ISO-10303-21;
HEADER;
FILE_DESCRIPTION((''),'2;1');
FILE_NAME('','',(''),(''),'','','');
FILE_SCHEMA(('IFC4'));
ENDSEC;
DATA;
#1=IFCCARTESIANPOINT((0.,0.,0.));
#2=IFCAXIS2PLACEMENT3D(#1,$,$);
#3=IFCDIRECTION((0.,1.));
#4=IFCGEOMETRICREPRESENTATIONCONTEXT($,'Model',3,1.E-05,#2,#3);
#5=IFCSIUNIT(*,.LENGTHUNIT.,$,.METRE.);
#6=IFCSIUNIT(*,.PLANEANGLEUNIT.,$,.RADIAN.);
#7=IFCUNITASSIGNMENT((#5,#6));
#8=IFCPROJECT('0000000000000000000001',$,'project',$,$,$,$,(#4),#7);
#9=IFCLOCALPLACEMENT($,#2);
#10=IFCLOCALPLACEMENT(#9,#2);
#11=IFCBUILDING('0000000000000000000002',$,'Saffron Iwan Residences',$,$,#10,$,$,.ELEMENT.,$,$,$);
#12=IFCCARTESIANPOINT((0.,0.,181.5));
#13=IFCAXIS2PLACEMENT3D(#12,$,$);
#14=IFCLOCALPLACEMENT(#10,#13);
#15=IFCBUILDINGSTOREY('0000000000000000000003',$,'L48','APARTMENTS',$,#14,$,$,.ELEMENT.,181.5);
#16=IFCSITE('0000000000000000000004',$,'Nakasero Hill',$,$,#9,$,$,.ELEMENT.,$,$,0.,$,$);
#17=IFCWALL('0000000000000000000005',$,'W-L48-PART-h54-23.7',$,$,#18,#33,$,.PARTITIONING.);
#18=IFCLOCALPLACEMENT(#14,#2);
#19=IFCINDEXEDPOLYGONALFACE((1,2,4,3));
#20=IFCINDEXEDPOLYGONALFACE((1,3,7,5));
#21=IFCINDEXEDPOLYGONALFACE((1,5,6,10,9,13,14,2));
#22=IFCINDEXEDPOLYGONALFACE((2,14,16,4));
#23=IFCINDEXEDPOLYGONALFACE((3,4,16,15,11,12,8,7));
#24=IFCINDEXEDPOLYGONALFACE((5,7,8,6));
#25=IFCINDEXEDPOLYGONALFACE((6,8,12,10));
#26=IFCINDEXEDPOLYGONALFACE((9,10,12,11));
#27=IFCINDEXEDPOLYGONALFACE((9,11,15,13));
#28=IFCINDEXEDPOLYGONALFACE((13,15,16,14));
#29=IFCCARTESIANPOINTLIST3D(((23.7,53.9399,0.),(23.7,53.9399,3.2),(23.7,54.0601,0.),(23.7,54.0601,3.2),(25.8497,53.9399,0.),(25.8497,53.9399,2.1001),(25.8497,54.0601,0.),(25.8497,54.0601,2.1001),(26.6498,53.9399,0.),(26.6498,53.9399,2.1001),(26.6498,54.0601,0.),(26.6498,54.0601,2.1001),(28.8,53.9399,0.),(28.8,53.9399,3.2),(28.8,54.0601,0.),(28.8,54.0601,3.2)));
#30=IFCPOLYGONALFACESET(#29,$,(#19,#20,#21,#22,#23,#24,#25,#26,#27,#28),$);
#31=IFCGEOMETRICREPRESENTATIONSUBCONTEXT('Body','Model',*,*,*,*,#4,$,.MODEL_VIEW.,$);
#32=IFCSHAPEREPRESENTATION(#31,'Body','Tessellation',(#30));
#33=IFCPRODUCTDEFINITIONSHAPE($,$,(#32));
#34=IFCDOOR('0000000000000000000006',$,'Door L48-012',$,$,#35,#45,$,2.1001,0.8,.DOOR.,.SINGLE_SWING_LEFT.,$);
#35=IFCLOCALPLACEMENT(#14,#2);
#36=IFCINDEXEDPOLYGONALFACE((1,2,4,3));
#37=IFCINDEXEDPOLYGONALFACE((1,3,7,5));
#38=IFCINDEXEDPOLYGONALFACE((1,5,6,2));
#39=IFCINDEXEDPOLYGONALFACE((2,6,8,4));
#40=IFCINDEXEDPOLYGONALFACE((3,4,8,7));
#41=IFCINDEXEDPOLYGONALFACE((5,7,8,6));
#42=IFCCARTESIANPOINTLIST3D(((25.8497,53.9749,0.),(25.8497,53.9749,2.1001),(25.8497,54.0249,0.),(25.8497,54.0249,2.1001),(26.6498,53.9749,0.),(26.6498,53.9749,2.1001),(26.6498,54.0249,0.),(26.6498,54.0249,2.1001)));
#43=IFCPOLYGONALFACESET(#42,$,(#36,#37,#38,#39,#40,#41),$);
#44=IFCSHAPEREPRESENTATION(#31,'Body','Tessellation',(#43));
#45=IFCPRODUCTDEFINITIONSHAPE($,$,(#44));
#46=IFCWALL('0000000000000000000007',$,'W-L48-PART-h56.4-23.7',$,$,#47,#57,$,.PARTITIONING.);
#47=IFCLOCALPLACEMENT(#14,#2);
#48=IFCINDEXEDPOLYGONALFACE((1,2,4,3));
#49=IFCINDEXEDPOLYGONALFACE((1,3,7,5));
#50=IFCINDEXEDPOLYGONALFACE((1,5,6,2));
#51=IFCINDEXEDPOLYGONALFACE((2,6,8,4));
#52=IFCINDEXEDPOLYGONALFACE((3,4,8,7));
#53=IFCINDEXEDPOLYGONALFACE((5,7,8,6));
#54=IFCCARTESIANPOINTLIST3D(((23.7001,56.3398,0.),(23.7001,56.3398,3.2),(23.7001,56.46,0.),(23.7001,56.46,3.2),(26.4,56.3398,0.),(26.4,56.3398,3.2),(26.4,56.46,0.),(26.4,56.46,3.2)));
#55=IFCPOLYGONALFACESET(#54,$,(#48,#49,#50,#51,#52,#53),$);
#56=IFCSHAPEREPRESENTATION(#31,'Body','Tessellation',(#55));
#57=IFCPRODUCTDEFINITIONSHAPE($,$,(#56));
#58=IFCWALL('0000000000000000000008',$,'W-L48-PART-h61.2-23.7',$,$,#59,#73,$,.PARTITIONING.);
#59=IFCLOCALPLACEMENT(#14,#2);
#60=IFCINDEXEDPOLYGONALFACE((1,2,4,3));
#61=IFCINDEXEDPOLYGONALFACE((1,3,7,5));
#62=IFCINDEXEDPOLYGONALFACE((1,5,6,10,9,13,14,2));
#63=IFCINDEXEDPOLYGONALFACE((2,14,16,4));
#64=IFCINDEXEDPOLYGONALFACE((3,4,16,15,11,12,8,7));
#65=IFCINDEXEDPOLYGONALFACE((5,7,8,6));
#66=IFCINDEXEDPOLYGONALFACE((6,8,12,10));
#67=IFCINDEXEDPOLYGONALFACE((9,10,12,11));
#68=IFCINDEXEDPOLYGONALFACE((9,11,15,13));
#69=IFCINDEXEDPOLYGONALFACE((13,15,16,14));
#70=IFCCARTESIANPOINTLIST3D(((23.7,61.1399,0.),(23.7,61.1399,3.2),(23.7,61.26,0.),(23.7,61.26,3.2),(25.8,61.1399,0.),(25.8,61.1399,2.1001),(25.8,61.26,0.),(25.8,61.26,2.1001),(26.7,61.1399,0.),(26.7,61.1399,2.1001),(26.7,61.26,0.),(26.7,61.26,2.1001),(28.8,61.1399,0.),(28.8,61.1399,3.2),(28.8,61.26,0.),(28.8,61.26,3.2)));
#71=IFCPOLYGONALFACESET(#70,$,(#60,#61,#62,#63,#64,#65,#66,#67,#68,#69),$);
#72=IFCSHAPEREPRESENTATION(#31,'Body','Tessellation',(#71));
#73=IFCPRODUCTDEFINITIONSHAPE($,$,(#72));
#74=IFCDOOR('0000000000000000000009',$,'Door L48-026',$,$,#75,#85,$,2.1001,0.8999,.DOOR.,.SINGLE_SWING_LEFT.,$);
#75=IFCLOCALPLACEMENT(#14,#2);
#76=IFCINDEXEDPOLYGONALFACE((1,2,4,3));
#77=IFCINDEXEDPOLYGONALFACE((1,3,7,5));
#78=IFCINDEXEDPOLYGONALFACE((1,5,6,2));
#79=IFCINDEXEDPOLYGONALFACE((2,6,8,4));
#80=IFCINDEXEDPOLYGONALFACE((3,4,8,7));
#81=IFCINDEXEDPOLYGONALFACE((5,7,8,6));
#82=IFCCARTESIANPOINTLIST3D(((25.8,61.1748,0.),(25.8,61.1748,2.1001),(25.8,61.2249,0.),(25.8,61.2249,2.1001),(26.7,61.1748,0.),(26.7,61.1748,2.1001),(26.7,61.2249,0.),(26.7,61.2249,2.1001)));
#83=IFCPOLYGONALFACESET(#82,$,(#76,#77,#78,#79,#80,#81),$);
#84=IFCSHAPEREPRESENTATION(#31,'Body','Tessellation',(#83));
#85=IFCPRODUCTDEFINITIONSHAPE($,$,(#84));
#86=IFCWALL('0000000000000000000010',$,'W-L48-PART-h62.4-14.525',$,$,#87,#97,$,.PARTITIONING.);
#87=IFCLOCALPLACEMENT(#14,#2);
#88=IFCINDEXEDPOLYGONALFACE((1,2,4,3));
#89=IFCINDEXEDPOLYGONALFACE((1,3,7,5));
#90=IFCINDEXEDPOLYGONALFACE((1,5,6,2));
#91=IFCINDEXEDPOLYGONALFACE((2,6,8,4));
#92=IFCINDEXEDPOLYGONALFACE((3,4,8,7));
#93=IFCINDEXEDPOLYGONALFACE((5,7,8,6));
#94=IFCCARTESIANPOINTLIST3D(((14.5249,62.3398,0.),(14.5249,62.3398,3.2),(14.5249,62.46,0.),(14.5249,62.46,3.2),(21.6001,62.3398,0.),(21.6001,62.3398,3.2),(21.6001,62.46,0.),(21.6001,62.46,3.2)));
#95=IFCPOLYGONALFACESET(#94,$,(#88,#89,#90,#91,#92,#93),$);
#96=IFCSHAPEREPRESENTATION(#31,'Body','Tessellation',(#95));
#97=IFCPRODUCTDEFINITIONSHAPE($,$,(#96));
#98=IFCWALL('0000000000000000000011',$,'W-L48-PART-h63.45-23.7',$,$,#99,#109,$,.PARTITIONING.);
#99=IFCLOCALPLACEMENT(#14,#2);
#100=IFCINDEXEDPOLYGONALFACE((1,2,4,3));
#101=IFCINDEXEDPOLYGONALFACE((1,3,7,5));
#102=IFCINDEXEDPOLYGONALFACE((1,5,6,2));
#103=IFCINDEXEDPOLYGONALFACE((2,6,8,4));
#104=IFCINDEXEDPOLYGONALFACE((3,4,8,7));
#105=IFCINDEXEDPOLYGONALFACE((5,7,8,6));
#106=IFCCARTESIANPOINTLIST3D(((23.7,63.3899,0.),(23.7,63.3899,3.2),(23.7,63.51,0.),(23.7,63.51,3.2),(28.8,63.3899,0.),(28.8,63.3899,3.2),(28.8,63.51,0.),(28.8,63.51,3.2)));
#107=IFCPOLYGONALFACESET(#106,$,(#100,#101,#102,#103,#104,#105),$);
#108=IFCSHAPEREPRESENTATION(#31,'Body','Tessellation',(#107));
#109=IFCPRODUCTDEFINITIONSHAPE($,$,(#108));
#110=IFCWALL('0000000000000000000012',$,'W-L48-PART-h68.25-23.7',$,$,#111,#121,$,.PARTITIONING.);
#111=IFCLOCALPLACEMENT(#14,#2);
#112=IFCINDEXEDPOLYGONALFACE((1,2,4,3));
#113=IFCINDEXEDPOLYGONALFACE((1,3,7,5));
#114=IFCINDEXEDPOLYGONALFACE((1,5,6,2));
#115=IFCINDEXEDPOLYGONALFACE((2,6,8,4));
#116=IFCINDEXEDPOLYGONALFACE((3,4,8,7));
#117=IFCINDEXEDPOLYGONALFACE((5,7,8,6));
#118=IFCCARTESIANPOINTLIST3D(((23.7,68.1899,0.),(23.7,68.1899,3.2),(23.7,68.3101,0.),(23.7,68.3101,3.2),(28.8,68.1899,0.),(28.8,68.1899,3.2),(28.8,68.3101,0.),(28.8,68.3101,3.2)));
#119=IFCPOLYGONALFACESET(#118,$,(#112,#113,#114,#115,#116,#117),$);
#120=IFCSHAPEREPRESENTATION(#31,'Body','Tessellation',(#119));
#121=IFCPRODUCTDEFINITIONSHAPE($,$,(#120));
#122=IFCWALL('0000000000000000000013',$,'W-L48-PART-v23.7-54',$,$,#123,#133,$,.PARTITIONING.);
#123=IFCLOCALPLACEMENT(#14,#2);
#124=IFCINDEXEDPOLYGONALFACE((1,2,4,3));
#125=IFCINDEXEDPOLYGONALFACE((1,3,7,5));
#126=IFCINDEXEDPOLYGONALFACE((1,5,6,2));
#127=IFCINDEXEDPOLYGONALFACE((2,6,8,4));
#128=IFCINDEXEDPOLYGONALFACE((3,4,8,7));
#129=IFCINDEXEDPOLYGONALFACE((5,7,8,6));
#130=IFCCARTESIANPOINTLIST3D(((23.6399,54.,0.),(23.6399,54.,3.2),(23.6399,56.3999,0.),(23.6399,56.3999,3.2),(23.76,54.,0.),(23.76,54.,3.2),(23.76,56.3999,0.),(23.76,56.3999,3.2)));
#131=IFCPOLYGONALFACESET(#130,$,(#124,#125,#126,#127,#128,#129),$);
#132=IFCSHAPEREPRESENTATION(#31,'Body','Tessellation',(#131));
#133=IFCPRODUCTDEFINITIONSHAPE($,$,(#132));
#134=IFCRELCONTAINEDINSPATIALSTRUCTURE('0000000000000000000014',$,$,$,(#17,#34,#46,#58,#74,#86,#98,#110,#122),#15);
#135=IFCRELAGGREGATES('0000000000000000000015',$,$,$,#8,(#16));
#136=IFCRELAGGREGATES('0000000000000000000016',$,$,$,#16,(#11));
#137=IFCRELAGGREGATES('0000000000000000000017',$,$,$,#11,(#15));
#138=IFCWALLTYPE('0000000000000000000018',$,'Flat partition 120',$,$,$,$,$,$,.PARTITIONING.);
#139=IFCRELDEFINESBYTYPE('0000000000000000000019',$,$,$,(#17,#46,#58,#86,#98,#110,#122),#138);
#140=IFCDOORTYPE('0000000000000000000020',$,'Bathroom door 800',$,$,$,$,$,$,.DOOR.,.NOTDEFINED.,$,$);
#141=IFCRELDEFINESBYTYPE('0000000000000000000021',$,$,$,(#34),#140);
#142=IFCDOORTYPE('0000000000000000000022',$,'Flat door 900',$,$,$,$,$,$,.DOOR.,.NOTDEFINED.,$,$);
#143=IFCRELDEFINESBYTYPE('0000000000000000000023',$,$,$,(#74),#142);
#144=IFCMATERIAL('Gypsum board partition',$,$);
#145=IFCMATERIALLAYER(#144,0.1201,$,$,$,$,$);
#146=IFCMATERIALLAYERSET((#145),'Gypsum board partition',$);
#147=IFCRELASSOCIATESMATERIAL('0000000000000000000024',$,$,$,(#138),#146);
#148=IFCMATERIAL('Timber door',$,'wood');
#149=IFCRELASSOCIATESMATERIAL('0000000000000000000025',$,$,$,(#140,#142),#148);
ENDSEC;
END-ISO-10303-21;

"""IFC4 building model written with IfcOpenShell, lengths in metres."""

from ifc_helpers import new_model, si_unit, direction, frame, frame_2d, origin, place, context, subcontext, project, spatial, rectangle, extrude, material, layer, layer_set, type_object, element, fill, save


model = new_model("IFC4")

# Units and contexts
model_context = context("Model", 3, precision=1e-05, world=origin(), true_north=direction((0.0, 1.0)))
body_context = subcontext(model_context, "Body", "Model", "MODEL_VIEW")
ifc_project = project(units=[si_unit("LENGTHUNIT", "METRE"), si_unit("PLANEANGLEUNIT", "RADIAN")], contexts=[model_context])

# Site, building, storey
site_placement = place(None, origin())
site = spatial("IfcSite", under=ifc_project, at=site_placement, Name="Nakasero Hill", CompositionType="ELEMENT", RefElevation=0.0)
building_placement = place(site_placement, origin())
building = spatial("IfcBuilding", under=site, at=building_placement, Name="Saffron Iwan Residences", CompositionType="ELEMENT")
storey_placement = place(building_placement, frame((0.0, 0.0, 181.5)))
storey = spatial("IfcBuildingStorey", under=building, at=storey_placement, Name="L48", Description="APARTMENTS", CompositionType="ELEMENT", Elevation=181.5)

# Wall, opening, door
ifc_material_1 = material(Name="Gypsum board partition")
ifc_layer_1 = layer(ifc_material_1, 0.1201)
ifc_layer_set_1 = layer_set([ifc_layer_1], Name="Gypsum board partition")
wall_type_1 = type_object("IfcWallType", Name="Flat partition 120", PredefinedType="PARTITIONING", material=ifc_layer_set_1)
wall_1_placement = place(storey_placement, frame((23.7, 54.0, 0.0), z_axis=(0.0, 0.0, 1.0), x_axis=(1.0, 0.0, 0.0)))
wall_1 = element("IfcWall", 1, at=wall_1_placement, inside=storey, type_object=wall_type_1, Name="W-L48-PART-h54-23.7", PredefinedType="PARTITIONING", context=body_context, shape_type="SweptSolid", body=[
    extrude(rectangle(XDim=5.1001, YDim=0.1201, at=frame_2d((2.55, 0.0))), origin(), (0.0, 0.0, 1.0), 3.2),
])
opening_1_placement = place(wall_1_placement, frame((2.1499, 0.0, 0.0)))
opening_1 = element("IfcOpeningElement", 2, at=opening_1_placement, cuts=wall_1, PredefinedType="OPENING", context=body_context, shape_type="SweptSolid", body=[
    extrude(rectangle(XDim=0.8, YDim=2.1001, at=frame_2d((0.3999, 1.05))), frame((0.0, 0.0701, 0.0), z_axis=(0.0, -1.0, 0.0), x_axis=(1.0, 0.0, 0.0)), (0.0, 0.0, 1.0), 0.1401),
])
ifc_material_2 = material(Name="Timber door", Category="wood")
door_type_1 = type_object("IfcDoorType", Name="Bathroom door 800", OperationType="NOTDEFINED", PredefinedType="DOOR", material=ifc_material_2)
door_1_placement = place(opening_1_placement, origin())
door_1 = element("IfcDoor", 3, at=door_1_placement, inside=storey, type_object=door_type_1, Name="Door L48-012", OperationType="SINGLE_SWING_LEFT", OverallHeight=2.1001, OverallWidth=0.8, PredefinedType="DOOR", context=body_context, shape_type="SweptSolid", body=[
    extrude(rectangle(XDim=0.8, YDim=2.1001, at=frame_2d((0.3999, 1.05))), frame((0.0, 0.0249, 0.0), z_axis=(0.0, -1.0, 0.0), x_axis=(1.0, 0.0, 0.0)), (0.0, 0.0, 1.0), 0.05),
])
fill(opening_1, door_1)

# Wall
wall_2_placement = place(storey_placement, frame((23.7, 56.3999, 0.0), z_axis=(0.0, 0.0, 1.0), x_axis=(1.0, 0.0, 0.0)))
element("IfcWall", 4, at=wall_2_placement, inside=storey, type_object=wall_type_1, Name="W-L48-PART-h56.4-23.7", PredefinedType="PARTITIONING", context=body_context, shape_type="SweptSolid", body=[
    extrude(rectangle(XDim=2.7, YDim=0.1201, at=frame_2d((1.3501, 0.0))), origin(), (0.0, 0.0, 1.0), 3.2),
])

# Wall, opening, door
wall_3_placement = place(storey_placement, frame((23.7, 61.2, 0.0), z_axis=(0.0, 0.0, 1.0), x_axis=(1.0, 0.0, 0.0)))
wall_3 = element("IfcWall", 5, at=wall_3_placement, inside=storey, type_object=wall_type_1, Name="W-L48-PART-h61.2-23.7", PredefinedType="PARTITIONING", context=body_context, shape_type="SweptSolid", body=[
    extrude(rectangle(XDim=5.1001, YDim=0.1201, at=frame_2d((2.55, 0.0))), origin(), (0.0, 0.0, 1.0), 3.2),
])
opening_2_placement = place(wall_3_placement, frame((2.1001, 0.0, 0.0)))
opening_2 = element("IfcOpeningElement", 6, at=opening_2_placement, cuts=wall_3, PredefinedType="OPENING", context=body_context, shape_type="SweptSolid", body=[
    extrude(rectangle(XDim=0.8999, YDim=2.1001, at=frame_2d((0.45, 1.05))), frame((0.0, 0.0701, 0.0), z_axis=(0.0, -1.0, 0.0), x_axis=(1.0, 0.0, 0.0)), (0.0, 0.0, 1.0), 0.1401),
])
door_type_2 = type_object("IfcDoorType", Name="Flat door 900", OperationType="NOTDEFINED", PredefinedType="DOOR", material=ifc_material_2)
door_2_placement = place(opening_2_placement, origin())
door_2 = element("IfcDoor", 7, at=door_2_placement, inside=storey, type_object=door_type_2, Name="Door L48-026", OperationType="SINGLE_SWING_LEFT", OverallHeight=2.1001, OverallWidth=0.8999, PredefinedType="DOOR", context=body_context, shape_type="SweptSolid", body=[
    extrude(rectangle(XDim=0.8999, YDim=2.1001, at=frame_2d((0.45, 1.05))), frame((0.0, 0.0249, 0.0), z_axis=(0.0, -1.0, 0.0), x_axis=(1.0, 0.0, 0.0)), (0.0, 0.0, 1.0), 0.05),
])
fill(opening_2, door_2)

# Walls
wall_4_placement = place(storey_placement, frame((14.5249, 62.3999, 0.0), z_axis=(0.0, 0.0, 1.0), x_axis=(1.0, 0.0, 0.0)))
element("IfcWall", 8, at=wall_4_placement, inside=storey, type_object=wall_type_1, Name="W-L48-PART-h62.4-14.525", PredefinedType="PARTITIONING", context=body_context, shape_type="SweptSolid", body=[
    extrude(rectangle(XDim=7.0752, YDim=0.1201, at=frame_2d((3.5376, 0.0))), origin(), (0.0, 0.0, 1.0), 3.2),
])
for number, where, z_axis, x_axis, name in (
    (9, (23.7, 63.45, 0.0), (0.0, 0.0, 1.0), (1.0, 0.0, 0.0), "W-L48-PART-h63.45-23.7"),
    (10, (23.7, 68.25, 0.0), (0.0, 0.0, 1.0), (1.0, 0.0, 0.0), "W-L48-PART-h68.25-23.7"),
):
    element("IfcWall", number, at=place(storey_placement, frame(where, z_axis=z_axis, x_axis=x_axis)), inside=storey, type_object=wall_type_1, Name=name, PredefinedType="PARTITIONING", context=body_context, shape_type="SweptSolid", body=[
        extrude(rectangle(XDim=5.1001, YDim=0.1201, at=frame_2d((2.55, 0.0))), origin(), (0.0, 0.0, 1.0), 3.2),
    ])
wall_5_placement = place(storey_placement, frame((23.7, 54.0, 0.0), z_axis=(0.0, 0.0, 1.0), x_axis=(0.0, 1.0, 0.0)))
element("IfcWall", 11, at=wall_5_placement, inside=storey, type_object=wall_type_1, Name="W-L48-PART-v23.7-54", PredefinedType="PARTITIONING", context=body_context, shape_type="SweptSolid", body=[
    extrude(rectangle(XDim=2.3999, YDim=0.1201, at=frame_2d((1.2, 0.0))), origin(), (0.0, 0.0, 1.0), 3.2),
])

save(model, "model.ifc")
